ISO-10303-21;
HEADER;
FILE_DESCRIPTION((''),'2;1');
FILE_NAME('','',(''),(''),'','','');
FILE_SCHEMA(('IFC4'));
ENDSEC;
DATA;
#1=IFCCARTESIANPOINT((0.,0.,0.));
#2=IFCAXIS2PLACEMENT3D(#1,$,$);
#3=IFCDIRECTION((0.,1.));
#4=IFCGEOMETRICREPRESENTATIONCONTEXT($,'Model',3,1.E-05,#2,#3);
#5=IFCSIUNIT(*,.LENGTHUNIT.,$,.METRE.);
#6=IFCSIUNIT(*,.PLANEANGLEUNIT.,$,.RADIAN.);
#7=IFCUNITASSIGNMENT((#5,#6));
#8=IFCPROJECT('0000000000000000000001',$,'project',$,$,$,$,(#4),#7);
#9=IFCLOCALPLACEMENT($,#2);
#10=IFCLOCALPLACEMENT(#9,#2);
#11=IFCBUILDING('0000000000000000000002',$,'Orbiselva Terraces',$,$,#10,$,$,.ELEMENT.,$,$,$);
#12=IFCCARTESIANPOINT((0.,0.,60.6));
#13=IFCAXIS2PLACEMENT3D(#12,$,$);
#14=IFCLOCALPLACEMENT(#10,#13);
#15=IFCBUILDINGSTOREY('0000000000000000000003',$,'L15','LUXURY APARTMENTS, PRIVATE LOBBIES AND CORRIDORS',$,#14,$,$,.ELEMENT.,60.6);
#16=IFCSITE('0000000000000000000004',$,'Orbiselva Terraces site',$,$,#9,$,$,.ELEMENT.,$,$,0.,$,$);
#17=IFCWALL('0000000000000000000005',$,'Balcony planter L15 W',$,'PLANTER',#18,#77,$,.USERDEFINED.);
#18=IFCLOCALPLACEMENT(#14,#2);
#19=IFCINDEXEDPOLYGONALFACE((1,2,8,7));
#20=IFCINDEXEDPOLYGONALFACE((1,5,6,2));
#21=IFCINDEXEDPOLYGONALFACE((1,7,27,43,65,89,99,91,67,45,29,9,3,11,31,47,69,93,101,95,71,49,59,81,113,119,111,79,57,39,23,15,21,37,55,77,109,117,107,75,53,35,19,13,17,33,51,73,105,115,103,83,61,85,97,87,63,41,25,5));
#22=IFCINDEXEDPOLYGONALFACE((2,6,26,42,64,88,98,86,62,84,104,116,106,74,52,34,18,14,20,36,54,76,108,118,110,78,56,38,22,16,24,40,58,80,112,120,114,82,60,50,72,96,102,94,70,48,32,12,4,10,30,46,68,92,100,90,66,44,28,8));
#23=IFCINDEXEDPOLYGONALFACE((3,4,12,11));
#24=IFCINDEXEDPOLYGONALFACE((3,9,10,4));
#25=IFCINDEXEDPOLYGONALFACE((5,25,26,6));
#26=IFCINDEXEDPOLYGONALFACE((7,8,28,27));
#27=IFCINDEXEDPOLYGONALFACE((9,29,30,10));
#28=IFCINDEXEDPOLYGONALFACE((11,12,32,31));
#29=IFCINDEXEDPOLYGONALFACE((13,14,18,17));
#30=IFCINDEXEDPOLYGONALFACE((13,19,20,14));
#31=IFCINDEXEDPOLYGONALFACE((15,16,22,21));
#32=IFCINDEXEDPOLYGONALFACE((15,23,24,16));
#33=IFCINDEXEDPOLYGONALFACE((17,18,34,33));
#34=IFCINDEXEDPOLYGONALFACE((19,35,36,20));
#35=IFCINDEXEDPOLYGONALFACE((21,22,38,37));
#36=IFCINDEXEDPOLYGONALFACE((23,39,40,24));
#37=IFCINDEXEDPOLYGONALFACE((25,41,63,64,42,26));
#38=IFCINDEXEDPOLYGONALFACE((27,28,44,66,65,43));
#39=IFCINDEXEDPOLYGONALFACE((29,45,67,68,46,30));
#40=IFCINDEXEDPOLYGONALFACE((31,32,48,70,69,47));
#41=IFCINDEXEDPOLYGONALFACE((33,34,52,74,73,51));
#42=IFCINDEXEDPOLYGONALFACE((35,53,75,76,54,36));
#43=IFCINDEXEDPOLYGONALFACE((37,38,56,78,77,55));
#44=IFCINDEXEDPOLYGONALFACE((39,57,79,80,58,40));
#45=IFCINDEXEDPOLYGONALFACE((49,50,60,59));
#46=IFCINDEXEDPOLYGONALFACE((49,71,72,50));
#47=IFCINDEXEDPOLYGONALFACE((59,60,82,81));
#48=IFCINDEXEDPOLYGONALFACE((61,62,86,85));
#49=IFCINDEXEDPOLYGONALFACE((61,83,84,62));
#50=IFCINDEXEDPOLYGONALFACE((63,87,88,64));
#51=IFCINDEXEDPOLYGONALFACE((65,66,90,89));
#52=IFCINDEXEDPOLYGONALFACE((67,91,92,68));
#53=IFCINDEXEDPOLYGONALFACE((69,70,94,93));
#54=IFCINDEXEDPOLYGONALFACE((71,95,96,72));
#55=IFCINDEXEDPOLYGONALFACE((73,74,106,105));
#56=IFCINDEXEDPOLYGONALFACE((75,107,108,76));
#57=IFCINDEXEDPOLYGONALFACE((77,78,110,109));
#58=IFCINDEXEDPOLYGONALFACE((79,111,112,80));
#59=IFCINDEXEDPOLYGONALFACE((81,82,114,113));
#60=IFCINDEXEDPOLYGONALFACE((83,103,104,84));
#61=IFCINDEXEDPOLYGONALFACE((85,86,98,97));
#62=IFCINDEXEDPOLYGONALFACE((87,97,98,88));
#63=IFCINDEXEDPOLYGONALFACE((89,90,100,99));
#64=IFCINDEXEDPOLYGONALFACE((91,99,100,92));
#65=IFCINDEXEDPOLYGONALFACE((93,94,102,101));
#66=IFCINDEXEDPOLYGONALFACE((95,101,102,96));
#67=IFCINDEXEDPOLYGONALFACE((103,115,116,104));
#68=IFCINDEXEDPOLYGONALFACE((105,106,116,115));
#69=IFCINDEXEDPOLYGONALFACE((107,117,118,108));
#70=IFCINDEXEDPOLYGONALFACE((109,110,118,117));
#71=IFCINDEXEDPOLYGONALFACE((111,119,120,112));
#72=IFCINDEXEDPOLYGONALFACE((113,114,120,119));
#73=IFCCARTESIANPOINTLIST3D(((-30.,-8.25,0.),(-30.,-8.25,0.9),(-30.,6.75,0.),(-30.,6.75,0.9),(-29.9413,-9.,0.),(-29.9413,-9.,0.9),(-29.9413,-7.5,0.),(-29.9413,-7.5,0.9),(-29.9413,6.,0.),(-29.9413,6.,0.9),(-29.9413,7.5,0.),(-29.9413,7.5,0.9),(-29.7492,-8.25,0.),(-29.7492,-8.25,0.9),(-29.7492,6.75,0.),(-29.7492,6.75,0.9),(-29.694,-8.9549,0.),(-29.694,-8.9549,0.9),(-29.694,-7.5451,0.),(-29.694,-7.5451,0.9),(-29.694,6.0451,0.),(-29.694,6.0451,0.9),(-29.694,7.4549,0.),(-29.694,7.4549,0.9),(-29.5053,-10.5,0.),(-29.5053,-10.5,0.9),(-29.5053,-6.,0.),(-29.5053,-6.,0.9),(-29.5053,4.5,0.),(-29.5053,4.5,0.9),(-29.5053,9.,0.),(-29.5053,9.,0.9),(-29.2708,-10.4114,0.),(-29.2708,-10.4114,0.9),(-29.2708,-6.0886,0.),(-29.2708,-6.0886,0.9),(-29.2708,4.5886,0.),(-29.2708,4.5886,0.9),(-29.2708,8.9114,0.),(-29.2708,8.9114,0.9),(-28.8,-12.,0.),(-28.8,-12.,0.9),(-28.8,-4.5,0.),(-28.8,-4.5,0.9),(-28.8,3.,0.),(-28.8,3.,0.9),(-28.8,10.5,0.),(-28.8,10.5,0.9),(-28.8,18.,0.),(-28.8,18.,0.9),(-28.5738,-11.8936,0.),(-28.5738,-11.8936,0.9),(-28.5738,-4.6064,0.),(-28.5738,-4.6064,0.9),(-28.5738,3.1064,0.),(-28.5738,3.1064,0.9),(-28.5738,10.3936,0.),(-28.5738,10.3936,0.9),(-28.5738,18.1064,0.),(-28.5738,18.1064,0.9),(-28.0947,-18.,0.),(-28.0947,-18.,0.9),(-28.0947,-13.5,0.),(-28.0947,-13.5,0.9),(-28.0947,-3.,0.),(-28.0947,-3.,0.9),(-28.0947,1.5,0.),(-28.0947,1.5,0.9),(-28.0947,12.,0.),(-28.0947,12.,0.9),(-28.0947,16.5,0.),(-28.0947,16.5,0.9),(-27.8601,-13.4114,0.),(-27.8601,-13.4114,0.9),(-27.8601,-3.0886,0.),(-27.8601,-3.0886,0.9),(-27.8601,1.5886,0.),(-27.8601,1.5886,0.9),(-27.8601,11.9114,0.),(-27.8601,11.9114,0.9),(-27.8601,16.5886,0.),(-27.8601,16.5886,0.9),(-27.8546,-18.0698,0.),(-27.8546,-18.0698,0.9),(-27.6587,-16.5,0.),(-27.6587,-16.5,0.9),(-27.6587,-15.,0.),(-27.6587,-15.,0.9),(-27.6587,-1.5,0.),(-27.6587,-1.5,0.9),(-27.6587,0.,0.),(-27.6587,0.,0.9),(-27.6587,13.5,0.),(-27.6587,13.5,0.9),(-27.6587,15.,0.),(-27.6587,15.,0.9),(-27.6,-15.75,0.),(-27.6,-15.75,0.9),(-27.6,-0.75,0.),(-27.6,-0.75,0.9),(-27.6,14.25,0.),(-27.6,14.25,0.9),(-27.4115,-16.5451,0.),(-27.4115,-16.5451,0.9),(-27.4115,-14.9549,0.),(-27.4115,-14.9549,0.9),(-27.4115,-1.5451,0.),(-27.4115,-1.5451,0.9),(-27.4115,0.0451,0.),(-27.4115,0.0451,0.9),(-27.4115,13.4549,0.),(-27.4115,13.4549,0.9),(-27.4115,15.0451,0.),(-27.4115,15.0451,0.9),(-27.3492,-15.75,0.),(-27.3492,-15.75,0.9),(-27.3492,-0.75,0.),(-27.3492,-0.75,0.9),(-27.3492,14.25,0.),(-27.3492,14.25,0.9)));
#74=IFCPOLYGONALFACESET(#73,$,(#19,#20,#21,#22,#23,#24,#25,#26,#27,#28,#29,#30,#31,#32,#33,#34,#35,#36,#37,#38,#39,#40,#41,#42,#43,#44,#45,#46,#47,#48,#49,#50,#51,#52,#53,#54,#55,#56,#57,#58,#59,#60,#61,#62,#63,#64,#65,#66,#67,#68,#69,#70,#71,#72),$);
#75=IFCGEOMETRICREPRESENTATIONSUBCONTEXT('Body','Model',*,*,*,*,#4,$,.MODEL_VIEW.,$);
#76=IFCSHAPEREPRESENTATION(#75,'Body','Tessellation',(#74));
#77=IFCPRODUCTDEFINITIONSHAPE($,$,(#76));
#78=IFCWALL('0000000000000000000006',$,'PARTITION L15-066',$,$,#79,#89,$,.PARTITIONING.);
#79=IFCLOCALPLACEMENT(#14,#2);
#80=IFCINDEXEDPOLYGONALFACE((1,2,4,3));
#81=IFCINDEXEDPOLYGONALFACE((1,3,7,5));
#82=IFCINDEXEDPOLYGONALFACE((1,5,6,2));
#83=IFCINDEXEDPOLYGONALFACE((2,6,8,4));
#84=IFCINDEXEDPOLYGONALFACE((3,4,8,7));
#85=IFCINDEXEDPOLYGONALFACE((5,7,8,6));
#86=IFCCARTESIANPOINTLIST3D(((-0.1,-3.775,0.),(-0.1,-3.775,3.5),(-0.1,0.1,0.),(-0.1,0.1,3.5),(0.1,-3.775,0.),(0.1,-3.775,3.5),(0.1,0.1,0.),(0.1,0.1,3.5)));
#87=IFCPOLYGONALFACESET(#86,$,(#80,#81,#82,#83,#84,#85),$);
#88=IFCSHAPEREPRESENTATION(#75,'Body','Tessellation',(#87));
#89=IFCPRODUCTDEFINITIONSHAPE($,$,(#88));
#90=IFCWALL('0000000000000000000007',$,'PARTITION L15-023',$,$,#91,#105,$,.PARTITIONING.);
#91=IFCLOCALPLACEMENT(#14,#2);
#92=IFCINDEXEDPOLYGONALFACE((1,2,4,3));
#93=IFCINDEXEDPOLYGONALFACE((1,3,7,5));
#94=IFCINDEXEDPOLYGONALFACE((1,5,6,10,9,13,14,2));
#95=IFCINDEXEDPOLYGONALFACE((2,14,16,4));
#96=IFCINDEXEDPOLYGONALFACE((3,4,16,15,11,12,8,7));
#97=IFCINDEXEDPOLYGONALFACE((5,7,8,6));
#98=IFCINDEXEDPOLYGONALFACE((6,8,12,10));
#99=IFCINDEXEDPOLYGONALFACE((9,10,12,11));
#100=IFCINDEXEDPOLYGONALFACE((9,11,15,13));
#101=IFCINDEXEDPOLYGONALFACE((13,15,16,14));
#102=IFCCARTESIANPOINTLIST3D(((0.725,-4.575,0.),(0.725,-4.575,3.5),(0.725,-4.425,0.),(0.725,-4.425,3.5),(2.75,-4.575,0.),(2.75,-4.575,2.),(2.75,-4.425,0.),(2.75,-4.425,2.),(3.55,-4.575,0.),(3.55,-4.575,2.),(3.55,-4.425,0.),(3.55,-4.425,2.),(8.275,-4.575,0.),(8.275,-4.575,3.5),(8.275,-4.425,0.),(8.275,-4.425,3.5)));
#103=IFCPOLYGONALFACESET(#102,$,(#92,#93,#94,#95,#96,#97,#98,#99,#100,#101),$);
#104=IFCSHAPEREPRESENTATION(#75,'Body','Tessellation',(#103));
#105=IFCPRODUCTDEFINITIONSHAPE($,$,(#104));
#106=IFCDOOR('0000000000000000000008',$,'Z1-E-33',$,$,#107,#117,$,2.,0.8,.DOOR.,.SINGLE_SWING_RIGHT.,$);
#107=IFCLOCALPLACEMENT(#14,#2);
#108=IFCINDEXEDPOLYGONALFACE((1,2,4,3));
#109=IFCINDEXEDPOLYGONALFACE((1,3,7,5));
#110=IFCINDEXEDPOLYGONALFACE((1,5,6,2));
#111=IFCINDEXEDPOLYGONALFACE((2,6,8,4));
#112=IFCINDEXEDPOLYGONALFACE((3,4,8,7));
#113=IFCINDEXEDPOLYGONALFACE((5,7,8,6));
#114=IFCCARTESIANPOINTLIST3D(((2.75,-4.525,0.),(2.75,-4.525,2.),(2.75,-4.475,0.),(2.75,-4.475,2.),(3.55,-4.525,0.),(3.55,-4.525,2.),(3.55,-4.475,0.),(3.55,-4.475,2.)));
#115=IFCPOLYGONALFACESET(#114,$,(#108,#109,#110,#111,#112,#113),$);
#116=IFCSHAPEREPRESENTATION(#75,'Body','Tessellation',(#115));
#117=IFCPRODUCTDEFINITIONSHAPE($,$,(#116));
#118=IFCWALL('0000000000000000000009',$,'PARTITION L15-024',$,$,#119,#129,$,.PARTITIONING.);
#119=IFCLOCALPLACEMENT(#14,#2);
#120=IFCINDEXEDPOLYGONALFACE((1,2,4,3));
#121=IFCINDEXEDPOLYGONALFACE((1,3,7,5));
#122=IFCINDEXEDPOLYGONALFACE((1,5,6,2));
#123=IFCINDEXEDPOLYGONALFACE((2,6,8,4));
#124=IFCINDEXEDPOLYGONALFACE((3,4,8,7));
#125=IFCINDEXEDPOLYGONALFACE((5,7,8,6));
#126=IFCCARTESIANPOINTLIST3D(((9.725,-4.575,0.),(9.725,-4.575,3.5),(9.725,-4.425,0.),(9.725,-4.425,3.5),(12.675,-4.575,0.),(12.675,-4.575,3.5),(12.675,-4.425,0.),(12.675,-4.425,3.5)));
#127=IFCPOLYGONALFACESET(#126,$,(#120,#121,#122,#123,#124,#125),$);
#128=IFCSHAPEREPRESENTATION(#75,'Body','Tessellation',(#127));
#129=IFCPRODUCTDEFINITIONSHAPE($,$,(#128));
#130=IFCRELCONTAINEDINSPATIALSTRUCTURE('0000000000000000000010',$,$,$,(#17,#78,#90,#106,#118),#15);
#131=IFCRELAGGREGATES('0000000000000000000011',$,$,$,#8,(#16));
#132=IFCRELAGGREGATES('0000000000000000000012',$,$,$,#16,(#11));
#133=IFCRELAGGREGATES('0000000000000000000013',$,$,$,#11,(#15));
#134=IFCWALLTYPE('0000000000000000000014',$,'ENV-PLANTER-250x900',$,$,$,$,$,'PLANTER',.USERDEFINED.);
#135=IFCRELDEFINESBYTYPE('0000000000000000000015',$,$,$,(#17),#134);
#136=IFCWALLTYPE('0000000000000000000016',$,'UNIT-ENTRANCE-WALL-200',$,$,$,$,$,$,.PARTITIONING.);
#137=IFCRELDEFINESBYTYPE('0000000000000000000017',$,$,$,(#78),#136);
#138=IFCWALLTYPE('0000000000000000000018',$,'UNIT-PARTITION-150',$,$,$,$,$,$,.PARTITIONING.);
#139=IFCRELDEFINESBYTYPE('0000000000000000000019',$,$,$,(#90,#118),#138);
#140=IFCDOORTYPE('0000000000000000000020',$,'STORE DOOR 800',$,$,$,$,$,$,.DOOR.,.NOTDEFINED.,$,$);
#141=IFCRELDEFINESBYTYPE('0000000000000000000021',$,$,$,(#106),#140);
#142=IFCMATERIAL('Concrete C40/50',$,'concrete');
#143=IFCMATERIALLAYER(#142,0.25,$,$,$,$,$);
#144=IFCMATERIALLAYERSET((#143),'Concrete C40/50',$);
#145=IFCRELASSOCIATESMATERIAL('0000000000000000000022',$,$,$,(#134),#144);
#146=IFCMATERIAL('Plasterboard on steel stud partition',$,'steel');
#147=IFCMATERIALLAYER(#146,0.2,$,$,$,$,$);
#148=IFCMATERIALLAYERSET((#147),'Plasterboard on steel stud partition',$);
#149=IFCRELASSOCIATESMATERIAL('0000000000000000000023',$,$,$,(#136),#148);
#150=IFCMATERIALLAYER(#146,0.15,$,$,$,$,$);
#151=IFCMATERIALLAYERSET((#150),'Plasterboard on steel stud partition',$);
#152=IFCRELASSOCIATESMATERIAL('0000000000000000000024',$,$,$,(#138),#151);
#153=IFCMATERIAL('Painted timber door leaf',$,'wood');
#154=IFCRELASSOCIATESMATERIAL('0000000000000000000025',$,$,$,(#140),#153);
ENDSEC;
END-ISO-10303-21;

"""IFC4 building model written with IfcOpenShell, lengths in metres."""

from ifc_helpers import new_model, si_unit, direction, frame, frame_2d, origin, place, context, subcontext, project, spatial, polyline, rectangle, outline, extrude, material, layer, layer_set, type_object, element, fill, save


model = new_model("IFC4")

# Units and contexts
model_context = context("Model", 3, precision=1e-05, world=origin(), true_north=direction((0.0, 1.0)))
body_context = subcontext(model_context, "Body", "Model", "MODEL_VIEW")
ifc_project = project(units=[si_unit("LENGTHUNIT", "METRE"), si_unit("PLANEANGLEUNIT", "RADIAN")], contexts=[model_context])

# Site, building, storey
site_placement = place(None, origin())
site = spatial("IfcSite", under=ifc_project, at=site_placement, Name="Orbiselva Terraces site", CompositionType="ELEMENT", RefElevation=0.0)
building_placement = place(site_placement, origin())
building = spatial("IfcBuilding", under=site, at=building_placement, Name="Orbiselva Terraces", CompositionType="ELEMENT")
storey_placement = place(building_placement, frame((0.0, 0.0, 60.6)))
storey = spatial("IfcBuildingStorey", under=building, at=storey_placement, Name="L15", Description="LUXURY APARTMENTS, PRIVATE LOBBIES AND CORRIDORS", CompositionType="ELEMENT", Elevation=60.6)

# Shared definitions
ifc_material_1 = material(Name="Concrete C40/50", Category="concrete")

# Walls
ifc_layer_1 = layer(ifc_material_1, 0.25)
ifc_layer_set_1 = layer_set([ifc_layer_1], Name="Concrete C40/50")
wall_type_1 = type_object("IfcWallType", Name="ENV-PLANTER-250x900", ElementType="PLANTER", PredefinedType="USERDEFINED", material=ifc_layer_set_1)
wall_1_placement = place(storey_placement, origin())
element("IfcWall", 1, at=wall_1_placement, inside=storey, type_object=wall_type_1, Name="Balcony planter L15 W", ObjectType="PLANTER", PredefinedType="USERDEFINED", context=body_context, shape_type="SweptSolid", body=[
    extrude(outline(polyline([(-28.8, 18.0), (-28.0947, 16.5), (-27.6587, 15.0), (-27.6, 14.25), (-27.6587, 13.5), (-28.0947, 12.0), (-28.8, 10.5), (-29.5053, 9.0), (-29.9413, 7.5), (-30.0, 6.75), (-29.9413, 6.0), (-29.5053, 4.5), (-28.8, 3.0), (-28.0947, 1.5), (-27.6587, 0.0), (-27.6, -0.75), (-27.6587, -1.5), (-28.0947, -3.0), (-28.8, -4.5), (-29.5053, -6.0), (-29.9413, -7.5), (-30.0, -8.25), (-29.9413, -9.0), (-29.5053, -10.5), (-28.8, -12.0), (-28.0947, -13.5), (-27.6587, -15.0), (-27.6, -15.75), (-27.6587, -16.5), (-28.0947, -18.0), (-27.8546, -18.0698), (-27.4115, -16.5451), (-27.3492, -15.75), (-27.4115, -14.9549), (-27.8601, -13.4114), (-28.5738, -11.8936), (-29.2708, -10.4114), (-29.694, -8.9549), (-29.7492, -8.25), (-29.694, -7.5451), (-29.2708, -6.0886), (-28.5738, -4.6064), (-27.8601, -3.0886), (-27.4115, -1.5451), (-27.3492, -0.75), (-27.4115, 0.0451), (-27.8601, 1.5886), (-28.5738, 3.1064), (-29.2708, 4.5886), (-29.694, 6.0451), (-29.7492, 6.75), (-29.694, 7.4549), (-29.2708, 8.9114), (-28.5738, 10.3936), (-27.8601, 11.9114), (-27.4115, 13.4549), (-27.3492, 14.25), (-27.4115, 15.0451), (-27.8601, 16.5886), (-28.5738, 18.1064), (-28.8, 18.0)])), origin(), (0.0, 0.0, 1.0), 0.9),
])
ifc_material_2 = material(Name="Plasterboard on steel stud partition", Category="steel")
ifc_layer_2 = layer(ifc_material_2, 0.2)
ifc_layer_set_2 = layer_set([ifc_layer_2], Name="Plasterboard on steel stud partition")
wall_type_2 = type_object("IfcWallType", Name="UNIT-ENTRANCE-WALL-200", PredefinedType="PARTITIONING", material=ifc_layer_set_2)
wall_2_placement = place(storey_placement, frame((0.0, -3.775, 0.0), z_axis=(0.0, 0.0, 1.0), x_axis=(0.0, 1.0, 0.0)))
element("IfcWall", 2, at=wall_2_placement, inside=storey, type_object=wall_type_2, Name="PARTITION L15-066", PredefinedType="PARTITIONING", context=body_context, shape_type="SweptSolid", body=[
    extrude(rectangle(XDim=3.875, YDim=0.2, at=frame_2d((1.9375, 0.0))), origin(), (0.0, 0.0, 1.0), 3.5),
])

# Wall, opening, door
ifc_layer_3 = layer(ifc_material_2, 0.15)
ifc_layer_set_3 = layer_set([ifc_layer_3], Name="Plasterboard on steel stud partition")
wall_type_3 = type_object("IfcWallType", Name="UNIT-PARTITION-150", PredefinedType="PARTITIONING", material=ifc_layer_set_3)
wall_3_placement = place(storey_placement, frame((8.275, -4.5, 0.0), z_axis=(0.0, 0.0, 1.0), x_axis=(-1.0, 0.0, 0.0)))
wall_3 = element("IfcWall", 3, at=wall_3_placement, inside=storey, type_object=wall_type_3, Name="PARTITION L15-023", PredefinedType="PARTITIONING", context=body_context, shape_type="SweptSolid", body=[
    extrude(rectangle(XDim=7.55, YDim=0.15, at=frame_2d((3.775, 0.0))), origin(), (0.0, 0.0, 1.0), 3.5),
])
opening_placement = place(wall_3_placement, frame((4.725, 0.0, 0.0)))
opening = element("IfcOpeningElement", 4, at=opening_placement, cuts=wall_3, PredefinedType="OPENING", context=body_context, shape_type="SweptSolid", body=[
    extrude(rectangle(XDim=0.8, YDim=2.0, at=frame_2d((0.4, 1.0))), frame((0.0, 0.085, 0.0), z_axis=(0.0, -1.0, 0.0), x_axis=(1.0, 0.0, 0.0)), (0.0, 0.0, 1.0), 0.17),
])
ifc_material_3 = material(Name="Painted timber door leaf", Category="wood")
door_type = type_object("IfcDoorType", Name="STORE DOOR 800", OperationType="NOTDEFINED", PredefinedType="DOOR", material=ifc_material_3)
door_placement = place(opening_placement, origin())
door = element("IfcDoor", 5, at=door_placement, inside=storey, type_object=door_type, Name="Z1-E-33", OperationType="SINGLE_SWING_RIGHT", OverallHeight=2.0, OverallWidth=0.8, PredefinedType="DOOR", context=body_context, shape_type="SweptSolid", body=[
    extrude(rectangle(XDim=0.8, YDim=2.0, at=frame_2d((0.4, 1.0))), frame((0.0, 0.025, 0.0), z_axis=(0.0, -1.0, 0.0), x_axis=(1.0, 0.0, 0.0)), (0.0, 0.0, 1.0), 0.05),
])
fill(opening, door)

# Wall
wall_4_placement = place(storey_placement, frame((9.725, -4.5, 0.0), z_axis=(0.0, 0.0, 1.0), x_axis=(1.0, 0.0, 0.0)))
element("IfcWall", 6, at=wall_4_placement, inside=storey, type_object=wall_type_3, Name="PARTITION L15-024", PredefinedType="PARTITIONING", context=body_context, shape_type="SweptSolid", body=[
    extrude(rectangle(XDim=2.95, YDim=0.15, at=frame_2d((1.475, 0.0))), origin(), (0.0, 0.0, 1.0), 3.5),
])

save(model, "model.ifc")
